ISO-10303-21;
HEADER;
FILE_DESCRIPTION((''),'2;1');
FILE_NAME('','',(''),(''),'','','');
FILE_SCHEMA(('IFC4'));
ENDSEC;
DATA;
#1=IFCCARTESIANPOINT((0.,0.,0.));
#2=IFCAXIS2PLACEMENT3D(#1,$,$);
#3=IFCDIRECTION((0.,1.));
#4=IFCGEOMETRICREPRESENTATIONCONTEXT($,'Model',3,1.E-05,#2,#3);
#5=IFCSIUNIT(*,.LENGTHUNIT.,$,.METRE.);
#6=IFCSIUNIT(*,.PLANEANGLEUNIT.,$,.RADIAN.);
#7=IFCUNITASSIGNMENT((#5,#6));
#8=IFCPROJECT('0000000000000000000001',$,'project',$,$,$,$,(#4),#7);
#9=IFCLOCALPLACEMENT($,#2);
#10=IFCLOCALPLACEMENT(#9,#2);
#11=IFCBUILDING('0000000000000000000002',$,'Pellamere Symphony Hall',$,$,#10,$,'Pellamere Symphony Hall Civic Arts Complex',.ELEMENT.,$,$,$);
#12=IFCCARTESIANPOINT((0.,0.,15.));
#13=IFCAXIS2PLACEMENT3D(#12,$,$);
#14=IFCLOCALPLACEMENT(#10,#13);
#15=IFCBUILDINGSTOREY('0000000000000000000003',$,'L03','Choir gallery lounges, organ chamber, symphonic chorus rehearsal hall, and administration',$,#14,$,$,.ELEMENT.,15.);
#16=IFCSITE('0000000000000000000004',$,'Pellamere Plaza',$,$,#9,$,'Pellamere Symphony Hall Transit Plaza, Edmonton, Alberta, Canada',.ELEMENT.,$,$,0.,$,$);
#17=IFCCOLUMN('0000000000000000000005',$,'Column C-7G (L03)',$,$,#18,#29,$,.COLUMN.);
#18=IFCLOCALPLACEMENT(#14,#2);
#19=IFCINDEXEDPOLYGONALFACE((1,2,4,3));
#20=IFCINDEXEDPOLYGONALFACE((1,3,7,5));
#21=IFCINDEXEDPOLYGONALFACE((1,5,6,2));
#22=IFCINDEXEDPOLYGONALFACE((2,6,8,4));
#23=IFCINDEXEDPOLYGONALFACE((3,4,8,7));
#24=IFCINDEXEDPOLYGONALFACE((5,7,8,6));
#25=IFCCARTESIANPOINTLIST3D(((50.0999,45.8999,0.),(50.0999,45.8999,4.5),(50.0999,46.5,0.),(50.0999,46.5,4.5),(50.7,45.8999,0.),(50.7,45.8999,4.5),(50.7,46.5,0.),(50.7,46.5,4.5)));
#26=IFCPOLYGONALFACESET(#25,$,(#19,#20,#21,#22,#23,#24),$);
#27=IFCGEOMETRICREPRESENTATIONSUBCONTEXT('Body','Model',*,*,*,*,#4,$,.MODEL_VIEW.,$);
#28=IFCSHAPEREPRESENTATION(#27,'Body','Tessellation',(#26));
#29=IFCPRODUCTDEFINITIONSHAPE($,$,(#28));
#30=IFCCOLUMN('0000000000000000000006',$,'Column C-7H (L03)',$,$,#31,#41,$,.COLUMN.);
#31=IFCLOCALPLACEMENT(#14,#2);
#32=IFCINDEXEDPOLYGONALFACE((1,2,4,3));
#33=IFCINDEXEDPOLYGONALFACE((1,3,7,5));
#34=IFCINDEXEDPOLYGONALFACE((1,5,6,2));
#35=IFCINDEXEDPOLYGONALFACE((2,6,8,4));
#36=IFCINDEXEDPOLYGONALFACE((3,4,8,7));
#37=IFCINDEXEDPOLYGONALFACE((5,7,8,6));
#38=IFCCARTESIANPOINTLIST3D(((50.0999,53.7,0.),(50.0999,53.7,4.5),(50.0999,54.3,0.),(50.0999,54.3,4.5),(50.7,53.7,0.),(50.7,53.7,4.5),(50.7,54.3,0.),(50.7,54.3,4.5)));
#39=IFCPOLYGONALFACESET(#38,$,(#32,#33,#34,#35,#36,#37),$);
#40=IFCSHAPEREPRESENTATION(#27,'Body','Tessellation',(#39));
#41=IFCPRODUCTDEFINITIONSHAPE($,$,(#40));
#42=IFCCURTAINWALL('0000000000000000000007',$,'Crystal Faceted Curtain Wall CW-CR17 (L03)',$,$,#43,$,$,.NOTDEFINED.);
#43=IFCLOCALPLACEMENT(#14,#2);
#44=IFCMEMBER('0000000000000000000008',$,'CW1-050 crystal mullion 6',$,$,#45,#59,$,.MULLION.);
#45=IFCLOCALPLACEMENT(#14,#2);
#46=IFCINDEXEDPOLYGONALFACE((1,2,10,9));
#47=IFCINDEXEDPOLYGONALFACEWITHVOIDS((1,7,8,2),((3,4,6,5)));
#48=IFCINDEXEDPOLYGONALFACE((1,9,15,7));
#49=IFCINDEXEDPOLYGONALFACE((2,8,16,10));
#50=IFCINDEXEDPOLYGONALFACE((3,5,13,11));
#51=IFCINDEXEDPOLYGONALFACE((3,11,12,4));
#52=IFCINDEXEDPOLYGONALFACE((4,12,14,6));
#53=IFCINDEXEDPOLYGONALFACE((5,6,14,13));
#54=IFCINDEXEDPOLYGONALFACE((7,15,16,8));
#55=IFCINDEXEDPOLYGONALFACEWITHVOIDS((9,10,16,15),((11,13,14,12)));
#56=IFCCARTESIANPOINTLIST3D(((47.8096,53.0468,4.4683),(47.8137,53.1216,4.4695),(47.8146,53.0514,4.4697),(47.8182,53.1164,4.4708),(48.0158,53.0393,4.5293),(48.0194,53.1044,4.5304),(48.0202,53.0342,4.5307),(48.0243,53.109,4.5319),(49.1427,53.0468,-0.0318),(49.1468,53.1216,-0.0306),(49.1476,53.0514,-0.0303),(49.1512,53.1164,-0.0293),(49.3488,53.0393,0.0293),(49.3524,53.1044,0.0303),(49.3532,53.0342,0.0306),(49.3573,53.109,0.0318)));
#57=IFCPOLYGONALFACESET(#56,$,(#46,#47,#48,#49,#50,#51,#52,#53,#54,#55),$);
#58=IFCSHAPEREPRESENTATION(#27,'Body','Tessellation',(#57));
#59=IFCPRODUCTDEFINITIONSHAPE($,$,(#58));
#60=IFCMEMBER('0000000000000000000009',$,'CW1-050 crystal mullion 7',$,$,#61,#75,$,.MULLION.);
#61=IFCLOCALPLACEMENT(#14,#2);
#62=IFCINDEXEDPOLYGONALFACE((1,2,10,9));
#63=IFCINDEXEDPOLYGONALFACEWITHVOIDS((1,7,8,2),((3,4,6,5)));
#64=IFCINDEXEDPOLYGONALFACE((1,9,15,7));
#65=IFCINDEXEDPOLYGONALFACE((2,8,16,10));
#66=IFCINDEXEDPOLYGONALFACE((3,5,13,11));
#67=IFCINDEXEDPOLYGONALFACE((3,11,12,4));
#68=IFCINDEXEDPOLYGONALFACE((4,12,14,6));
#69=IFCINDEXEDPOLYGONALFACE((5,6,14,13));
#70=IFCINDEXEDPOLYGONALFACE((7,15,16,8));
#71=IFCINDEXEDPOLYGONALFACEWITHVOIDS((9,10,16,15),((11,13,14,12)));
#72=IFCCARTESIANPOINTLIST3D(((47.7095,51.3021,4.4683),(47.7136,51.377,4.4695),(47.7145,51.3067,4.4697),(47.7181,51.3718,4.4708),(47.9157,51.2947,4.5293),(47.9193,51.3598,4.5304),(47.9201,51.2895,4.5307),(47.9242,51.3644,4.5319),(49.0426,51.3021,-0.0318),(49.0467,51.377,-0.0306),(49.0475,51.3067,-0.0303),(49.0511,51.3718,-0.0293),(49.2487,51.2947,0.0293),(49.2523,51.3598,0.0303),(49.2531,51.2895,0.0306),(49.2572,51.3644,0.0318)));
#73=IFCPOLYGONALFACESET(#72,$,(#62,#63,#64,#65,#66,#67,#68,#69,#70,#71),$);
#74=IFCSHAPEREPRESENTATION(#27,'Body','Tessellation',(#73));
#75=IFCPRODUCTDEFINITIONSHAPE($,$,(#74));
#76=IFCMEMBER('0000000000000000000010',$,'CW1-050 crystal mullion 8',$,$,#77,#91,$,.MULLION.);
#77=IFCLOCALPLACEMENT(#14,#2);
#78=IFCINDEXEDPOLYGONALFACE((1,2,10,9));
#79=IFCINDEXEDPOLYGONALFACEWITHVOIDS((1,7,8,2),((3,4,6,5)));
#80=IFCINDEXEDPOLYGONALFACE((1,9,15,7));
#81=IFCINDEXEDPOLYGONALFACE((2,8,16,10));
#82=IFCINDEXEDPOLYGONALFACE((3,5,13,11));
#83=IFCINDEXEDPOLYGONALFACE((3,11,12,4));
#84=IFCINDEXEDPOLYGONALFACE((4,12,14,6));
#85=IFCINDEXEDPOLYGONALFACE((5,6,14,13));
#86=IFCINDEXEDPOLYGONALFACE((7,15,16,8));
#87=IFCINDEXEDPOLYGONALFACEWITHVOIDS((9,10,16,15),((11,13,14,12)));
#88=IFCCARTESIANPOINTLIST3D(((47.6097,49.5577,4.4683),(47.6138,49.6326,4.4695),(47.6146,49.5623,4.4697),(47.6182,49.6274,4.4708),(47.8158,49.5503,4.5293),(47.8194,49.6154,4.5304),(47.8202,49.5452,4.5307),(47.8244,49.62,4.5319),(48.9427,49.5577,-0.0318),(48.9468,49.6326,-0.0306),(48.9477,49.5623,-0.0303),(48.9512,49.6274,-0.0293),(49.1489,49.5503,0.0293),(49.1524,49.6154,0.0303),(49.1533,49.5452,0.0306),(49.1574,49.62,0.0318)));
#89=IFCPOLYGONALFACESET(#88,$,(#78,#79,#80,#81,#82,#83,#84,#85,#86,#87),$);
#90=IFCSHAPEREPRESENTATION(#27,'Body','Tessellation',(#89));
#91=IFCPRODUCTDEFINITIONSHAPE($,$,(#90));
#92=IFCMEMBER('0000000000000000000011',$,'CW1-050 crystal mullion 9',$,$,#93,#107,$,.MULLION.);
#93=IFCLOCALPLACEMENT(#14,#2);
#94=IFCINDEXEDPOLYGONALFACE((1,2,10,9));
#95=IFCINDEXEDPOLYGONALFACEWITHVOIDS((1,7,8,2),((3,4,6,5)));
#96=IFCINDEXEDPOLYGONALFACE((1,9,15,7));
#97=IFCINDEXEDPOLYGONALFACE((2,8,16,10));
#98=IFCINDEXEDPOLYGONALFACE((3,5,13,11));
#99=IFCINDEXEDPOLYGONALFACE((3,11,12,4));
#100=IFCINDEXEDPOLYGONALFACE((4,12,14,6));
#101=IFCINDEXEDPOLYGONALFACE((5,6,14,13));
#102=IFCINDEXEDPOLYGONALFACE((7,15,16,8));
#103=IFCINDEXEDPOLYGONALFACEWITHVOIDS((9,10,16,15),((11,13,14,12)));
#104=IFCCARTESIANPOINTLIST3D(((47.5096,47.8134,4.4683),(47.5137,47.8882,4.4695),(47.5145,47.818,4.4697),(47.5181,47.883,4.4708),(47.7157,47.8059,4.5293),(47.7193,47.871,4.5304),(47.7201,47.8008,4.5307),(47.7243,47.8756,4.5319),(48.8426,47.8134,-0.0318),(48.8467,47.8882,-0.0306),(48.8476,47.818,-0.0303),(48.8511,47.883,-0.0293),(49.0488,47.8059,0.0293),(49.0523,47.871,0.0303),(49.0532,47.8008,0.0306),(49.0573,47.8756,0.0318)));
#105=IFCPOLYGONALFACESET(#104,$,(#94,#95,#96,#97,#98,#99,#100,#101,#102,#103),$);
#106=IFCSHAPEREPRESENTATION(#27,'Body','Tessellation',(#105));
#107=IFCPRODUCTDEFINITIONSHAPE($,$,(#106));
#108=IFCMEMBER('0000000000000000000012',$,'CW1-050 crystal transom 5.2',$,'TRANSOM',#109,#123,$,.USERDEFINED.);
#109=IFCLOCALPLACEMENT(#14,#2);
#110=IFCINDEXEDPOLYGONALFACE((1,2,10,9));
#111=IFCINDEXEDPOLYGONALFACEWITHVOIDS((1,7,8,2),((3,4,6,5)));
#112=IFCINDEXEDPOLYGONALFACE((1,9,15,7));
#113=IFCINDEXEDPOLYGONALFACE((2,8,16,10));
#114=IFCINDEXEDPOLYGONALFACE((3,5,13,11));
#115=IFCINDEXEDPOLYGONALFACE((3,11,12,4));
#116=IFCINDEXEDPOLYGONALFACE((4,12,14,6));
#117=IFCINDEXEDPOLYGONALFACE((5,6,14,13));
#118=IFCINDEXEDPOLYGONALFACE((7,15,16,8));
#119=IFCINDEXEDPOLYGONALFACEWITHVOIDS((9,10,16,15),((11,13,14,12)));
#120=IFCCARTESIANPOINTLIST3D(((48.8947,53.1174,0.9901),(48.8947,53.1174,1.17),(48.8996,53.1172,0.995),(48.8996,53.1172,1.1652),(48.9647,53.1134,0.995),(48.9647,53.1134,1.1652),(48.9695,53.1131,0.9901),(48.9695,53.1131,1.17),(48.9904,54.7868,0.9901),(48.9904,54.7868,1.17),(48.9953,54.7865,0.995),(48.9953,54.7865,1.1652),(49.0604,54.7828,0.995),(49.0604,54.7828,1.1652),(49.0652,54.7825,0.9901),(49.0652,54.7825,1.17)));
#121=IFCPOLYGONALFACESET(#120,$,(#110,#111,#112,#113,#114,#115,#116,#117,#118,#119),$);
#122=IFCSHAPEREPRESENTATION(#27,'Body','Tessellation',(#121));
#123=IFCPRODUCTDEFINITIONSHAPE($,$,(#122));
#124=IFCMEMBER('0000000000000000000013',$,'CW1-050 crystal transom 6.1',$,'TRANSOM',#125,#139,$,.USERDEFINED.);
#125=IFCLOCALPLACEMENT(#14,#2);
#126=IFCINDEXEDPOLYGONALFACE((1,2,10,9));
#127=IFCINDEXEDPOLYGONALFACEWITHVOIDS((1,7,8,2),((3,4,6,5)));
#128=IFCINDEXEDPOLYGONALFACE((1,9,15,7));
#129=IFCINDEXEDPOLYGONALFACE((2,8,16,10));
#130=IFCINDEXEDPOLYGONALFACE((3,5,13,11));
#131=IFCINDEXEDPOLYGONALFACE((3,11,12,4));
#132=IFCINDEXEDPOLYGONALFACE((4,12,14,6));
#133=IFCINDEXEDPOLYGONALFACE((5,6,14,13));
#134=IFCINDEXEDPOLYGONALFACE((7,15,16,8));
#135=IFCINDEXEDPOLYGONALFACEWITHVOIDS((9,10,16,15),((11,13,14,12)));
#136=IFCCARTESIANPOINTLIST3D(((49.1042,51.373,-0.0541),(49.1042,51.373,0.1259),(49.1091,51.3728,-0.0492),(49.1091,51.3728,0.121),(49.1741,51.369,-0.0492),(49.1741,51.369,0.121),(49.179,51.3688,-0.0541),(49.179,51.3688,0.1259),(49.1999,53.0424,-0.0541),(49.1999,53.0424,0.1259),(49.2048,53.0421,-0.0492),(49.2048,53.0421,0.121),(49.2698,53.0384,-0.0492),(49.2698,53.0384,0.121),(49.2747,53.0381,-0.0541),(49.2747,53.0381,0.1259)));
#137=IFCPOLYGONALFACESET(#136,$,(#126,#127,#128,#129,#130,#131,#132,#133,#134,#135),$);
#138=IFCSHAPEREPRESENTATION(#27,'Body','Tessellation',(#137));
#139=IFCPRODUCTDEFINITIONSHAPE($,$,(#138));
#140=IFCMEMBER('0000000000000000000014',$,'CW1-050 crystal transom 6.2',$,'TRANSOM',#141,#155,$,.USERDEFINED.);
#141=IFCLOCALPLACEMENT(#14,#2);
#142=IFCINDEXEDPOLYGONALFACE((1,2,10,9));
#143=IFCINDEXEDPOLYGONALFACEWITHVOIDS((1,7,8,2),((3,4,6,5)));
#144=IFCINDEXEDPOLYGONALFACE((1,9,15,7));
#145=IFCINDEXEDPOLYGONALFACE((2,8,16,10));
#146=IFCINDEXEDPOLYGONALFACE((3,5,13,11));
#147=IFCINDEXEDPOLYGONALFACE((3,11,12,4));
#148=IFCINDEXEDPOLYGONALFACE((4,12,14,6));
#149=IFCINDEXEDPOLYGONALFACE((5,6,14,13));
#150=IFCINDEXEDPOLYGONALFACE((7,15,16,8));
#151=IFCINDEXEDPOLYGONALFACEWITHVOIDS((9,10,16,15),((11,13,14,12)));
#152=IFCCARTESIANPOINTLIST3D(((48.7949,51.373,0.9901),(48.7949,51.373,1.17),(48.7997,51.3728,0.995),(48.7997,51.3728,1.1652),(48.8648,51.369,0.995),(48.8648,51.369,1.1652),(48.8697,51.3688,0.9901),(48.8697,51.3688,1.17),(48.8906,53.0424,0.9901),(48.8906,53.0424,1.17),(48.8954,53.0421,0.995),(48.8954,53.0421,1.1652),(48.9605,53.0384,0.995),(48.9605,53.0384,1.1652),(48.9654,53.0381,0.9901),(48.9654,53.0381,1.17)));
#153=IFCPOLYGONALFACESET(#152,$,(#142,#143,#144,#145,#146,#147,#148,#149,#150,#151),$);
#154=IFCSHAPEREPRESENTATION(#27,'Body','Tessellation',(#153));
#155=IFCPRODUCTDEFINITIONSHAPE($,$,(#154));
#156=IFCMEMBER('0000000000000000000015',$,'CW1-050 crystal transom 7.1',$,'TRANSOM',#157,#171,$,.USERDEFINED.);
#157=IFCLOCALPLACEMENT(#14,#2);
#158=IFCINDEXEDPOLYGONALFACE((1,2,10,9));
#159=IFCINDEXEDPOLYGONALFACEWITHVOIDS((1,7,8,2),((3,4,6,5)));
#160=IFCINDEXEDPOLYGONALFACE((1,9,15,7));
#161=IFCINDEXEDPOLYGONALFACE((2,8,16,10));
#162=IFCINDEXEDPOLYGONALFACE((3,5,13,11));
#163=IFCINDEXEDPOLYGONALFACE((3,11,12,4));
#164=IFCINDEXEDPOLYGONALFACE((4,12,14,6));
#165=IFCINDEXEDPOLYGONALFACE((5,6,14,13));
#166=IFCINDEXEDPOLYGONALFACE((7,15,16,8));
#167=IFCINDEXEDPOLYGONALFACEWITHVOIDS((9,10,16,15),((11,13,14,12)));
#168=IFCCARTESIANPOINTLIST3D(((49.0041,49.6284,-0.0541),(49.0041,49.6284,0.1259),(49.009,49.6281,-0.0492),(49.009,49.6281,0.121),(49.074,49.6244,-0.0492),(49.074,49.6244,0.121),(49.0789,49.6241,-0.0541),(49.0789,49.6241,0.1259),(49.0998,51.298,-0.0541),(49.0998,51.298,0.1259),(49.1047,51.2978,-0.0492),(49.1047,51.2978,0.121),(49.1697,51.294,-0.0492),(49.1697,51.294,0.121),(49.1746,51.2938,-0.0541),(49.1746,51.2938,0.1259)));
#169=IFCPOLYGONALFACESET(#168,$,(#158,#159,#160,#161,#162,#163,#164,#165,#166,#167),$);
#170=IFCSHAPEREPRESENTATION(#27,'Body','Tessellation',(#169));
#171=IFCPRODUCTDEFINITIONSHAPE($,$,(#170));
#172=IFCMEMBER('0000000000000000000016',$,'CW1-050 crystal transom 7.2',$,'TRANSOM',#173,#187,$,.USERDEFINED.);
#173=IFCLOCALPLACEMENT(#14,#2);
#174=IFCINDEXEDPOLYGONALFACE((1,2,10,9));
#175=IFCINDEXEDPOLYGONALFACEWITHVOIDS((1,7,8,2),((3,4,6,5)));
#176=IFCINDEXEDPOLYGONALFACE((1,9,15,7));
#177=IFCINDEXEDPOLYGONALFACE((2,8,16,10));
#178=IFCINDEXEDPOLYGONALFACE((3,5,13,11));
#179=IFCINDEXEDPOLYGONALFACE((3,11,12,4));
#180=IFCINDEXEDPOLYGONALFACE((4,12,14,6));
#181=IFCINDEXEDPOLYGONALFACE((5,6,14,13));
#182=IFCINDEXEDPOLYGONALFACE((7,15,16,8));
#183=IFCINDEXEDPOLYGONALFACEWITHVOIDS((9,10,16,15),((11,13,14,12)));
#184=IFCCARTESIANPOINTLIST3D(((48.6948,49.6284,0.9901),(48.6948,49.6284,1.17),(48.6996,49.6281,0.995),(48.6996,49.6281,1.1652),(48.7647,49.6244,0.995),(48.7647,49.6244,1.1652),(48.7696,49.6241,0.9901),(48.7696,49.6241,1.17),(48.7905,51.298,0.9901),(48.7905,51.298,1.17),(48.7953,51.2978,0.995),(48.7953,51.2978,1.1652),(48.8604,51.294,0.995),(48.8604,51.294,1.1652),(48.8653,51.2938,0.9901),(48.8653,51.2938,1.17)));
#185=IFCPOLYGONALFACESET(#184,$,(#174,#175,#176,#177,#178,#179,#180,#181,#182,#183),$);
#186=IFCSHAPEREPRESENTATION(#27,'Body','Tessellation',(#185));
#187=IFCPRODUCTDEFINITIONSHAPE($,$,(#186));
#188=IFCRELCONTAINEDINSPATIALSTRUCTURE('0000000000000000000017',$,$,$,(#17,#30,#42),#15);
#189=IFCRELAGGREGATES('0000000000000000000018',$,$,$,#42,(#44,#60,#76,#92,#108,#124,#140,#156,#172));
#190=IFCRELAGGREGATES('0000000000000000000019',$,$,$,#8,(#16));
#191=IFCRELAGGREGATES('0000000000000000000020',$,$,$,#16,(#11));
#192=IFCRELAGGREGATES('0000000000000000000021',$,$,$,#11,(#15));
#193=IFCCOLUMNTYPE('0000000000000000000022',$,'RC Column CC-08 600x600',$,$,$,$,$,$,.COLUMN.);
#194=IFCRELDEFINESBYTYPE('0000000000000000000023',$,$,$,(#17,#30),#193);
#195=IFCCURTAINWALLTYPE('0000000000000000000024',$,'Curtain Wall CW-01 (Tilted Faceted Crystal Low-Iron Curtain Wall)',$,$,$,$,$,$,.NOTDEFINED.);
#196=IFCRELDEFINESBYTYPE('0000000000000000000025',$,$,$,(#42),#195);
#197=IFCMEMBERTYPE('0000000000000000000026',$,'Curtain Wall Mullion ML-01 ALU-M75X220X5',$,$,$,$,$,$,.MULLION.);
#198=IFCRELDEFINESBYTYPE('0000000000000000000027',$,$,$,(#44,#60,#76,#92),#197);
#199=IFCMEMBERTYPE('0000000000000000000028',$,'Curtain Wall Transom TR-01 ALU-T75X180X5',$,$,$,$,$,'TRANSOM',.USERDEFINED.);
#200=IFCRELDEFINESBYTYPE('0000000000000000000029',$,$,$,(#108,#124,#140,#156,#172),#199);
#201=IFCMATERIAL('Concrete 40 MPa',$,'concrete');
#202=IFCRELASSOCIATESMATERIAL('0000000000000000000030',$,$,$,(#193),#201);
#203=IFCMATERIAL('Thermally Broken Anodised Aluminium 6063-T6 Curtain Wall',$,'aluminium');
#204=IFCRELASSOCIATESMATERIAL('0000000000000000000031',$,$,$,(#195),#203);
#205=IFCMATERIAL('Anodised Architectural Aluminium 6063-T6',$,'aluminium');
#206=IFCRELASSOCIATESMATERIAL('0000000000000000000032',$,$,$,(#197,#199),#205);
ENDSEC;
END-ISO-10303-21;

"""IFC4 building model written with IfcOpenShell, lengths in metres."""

from ifc_helpers import new_model, si_unit, direction, frame, origin, origin_2d, place, context, subcontext, project, spatial, rectangle, hollow_rectangle, extrude, material, material_profile, profile_set, type_object, element, aggregate, save


model = new_model("IFC4")

# Units and contexts
model_context = context("Model", 3, precision=1e-05, world=origin(), true_north=direction((0.0, 1.0)))
body_context = subcontext(model_context, "Body", "Model", "MODEL_VIEW")
ifc_project = project(units=[si_unit("LENGTHUNIT", "METRE"), si_unit("PLANEANGLEUNIT", "RADIAN")], contexts=[model_context])

# Site, building, storey
site_placement = place(None, origin())
site = spatial("IfcSite", under=ifc_project, at=site_placement, Name="Pellamere Plaza", LongName="Pellamere Symphony Hall Transit Plaza, Edmonton, Alberta, Canada", CompositionType="ELEMENT", RefElevation=0.0)
building_placement = place(site_placement, origin())
building = spatial("IfcBuilding", under=site, at=building_placement, Name="Pellamere Symphony Hall", LongName="Pellamere Symphony Hall Civic Arts Complex", CompositionType="ELEMENT")
storey_placement = place(building_placement, frame((0.0, 0.0, 15.0)))
storey = spatial("IfcBuildingStorey", under=building, at=storey_placement, Name="L03", Description="Choir gallery lounges, organ chamber, symphonic chorus rehearsal hall, and administration", CompositionType="ELEMENT", Elevation=15.0)

# Columns
ifc_material_1 = material(Name="Concrete 40 MPa", Category="concrete")
ifc_material_profile_1 = material_profile(ifc_material_1, rectangle(XDim=0.6001, YDim=0.6001, at=origin_2d()), Name="RC 600x600")
ifc_profile_set_1 = profile_set([ifc_material_profile_1], Name="Concrete 40 MPa")
column_type = type_object("IfcColumnType", Name="RC Column CC-08 600x600", PredefinedType="COLUMN", material=ifc_profile_set_1)
for number, where, z_axis, x_axis, name in (
    (1, (50.3999, 46.2, 0.0), (0.0, 0.0, 1.0), (1.0, 0.0, 0.0), "Column C-7G (L03)"),
    (2, (50.3999, 54.0, 0.0), (0.0, 0.0, 1.0), (1.0, 0.0, 0.0), "Column C-7H (L03)"),
):
    element("IfcColumn", number, at=place(storey_placement, frame(where, z_axis=z_axis, x_axis=x_axis)), inside=storey, type_object=column_type, Name=name, PredefinedType="COLUMN", context=body_context, shape_type="SweptSolid", body=[
        extrude(rectangle(XDim=0.6001, YDim=0.6001, at=origin_2d()), origin(), (0.0, 0.0, 1.0), 4.5),
    ])

# Curtain wall, members
ifc_material_2 = material(Name="Thermally Broken Anodised Aluminium 6063-T6 Curtain Wall", Category="aluminium")
curtain_wall_type = type_object("IfcCurtainWallType", Name="Curtain Wall CW-01 (Tilted Faceted Crystal Low-Iron Curtain Wall)", PredefinedType="NOTDEFINED", material=ifc_material_2)
curtain_wall_placement = place(storey_placement, origin())
curtain_wall = element("IfcCurtainWall", 3, at=curtain_wall_placement, inside=storey, type_object=curtain_wall_type, Name="Crystal Faceted Curtain Wall CW-CR17 (L03)", PredefinedType="NOTDEFINED")
ifc_material_3 = material(Name="Anodised Architectural Aluminium 6063-T6", Category="aluminium")
ifc_material_profile_2 = material_profile(ifc_material_3, hollow_rectangle(XDim=0.075, YDim=0.22, WallThickness=0.0049, at=origin_2d()), Name="ALU-M75X220X5")
ifc_profile_set_2 = profile_set([ifc_material_profile_2], Name="Anodised Architectural Aluminium 6063-T6")
member_type_1 = type_object("IfcMemberType", Name="Curtain Wall Mullion ML-01 ALU-M75X220X5", PredefinedType="MULLION", material=ifc_profile_set_2)
member_1_placement = place(storey_placement, frame((49.25, 53.0779, 0.0), z_axis=(-0.284025, 0.0, 0.958817), x_axis=(-0.054874, -0.998361, -0.016255)))
member_1 = element("IfcMember", 4, at=member_1_placement, type_object=member_type_1, Name="CW1-050 crystal mullion 6", PredefinedType="MULLION", context=body_context, shape_type="SweptSolid", body=[
    extrude(hollow_rectangle(XDim=0.075, YDim=0.22, WallThickness=0.0049, at=origin_2d()), origin(), (0.0, 0.0, 1.0), 4.6934),
])
member_2_placement = place(storey_placement, frame((49.1499, 51.3333, 0.0), z_axis=(-0.284025, 0.0, 0.958817), x_axis=(-0.054874, -0.998361, -0.016255)))
member_2 = element("IfcMember", 5, at=member_2_placement, type_object=member_type_1, Name="CW1-050 crystal mullion 7", PredefinedType="MULLION", context=body_context, shape_type="SweptSolid", body=[
    extrude(hollow_rectangle(XDim=0.075, YDim=0.22, WallThickness=0.0049, at=origin_2d()), origin(), (0.0, 0.0, 1.0), 4.6934),
])
member_3_placement = place(storey_placement, frame((49.05, 49.5889, 0.0), z_axis=(-0.284025, 0.0, 0.958817), x_axis=(-0.054874, -0.998361, -0.016255)))
member_3 = element("IfcMember", 6, at=member_3_placement, type_object=member_type_1, Name="CW1-050 crystal mullion 8", PredefinedType="MULLION", context=body_context, shape_type="SweptSolid", body=[
    extrude(hollow_rectangle(XDim=0.075, YDim=0.22, WallThickness=0.0049, at=origin_2d()), origin(), (0.0, 0.0, 1.0), 4.6934),
])
member_4_placement = place(storey_placement, frame((48.95, 47.8445, 0.0), z_axis=(-0.284025, 0.0, 0.958817), x_axis=(-0.054874, -0.998361, -0.016255)))
member_4 = element("IfcMember", 7, at=member_4_placement, type_object=member_type_1, Name="CW1-050 crystal mullion 9", PredefinedType="MULLION", context=body_context, shape_type="SweptSolid", body=[
    extrude(hollow_rectangle(XDim=0.075, YDim=0.22, WallThickness=0.0049, at=origin_2d()), origin(), (0.0, 0.0, 1.0), 4.6934),
])
ifc_material_profile_3 = material_profile(ifc_material_3, hollow_rectangle(XDim=0.075, YDim=0.1799, WallThickness=0.0049, at=origin_2d()), Name="ALU-T75X180X5")
ifc_profile_set_3 = profile_set([ifc_material_profile_3], Name="Anodised Architectural Aluminium 6063-T6")
member_type_2 = type_object("IfcMemberType", Name="Curtain Wall Transom TR-01 ALU-T75X180X5", ElementType="TRANSOM", PredefinedType="USERDEFINED", material=ifc_profile_set_3)
member_5_placement = place(storey_placement, frame((49.0278, 54.7847, 1.0801), z_axis=(-0.057233, -0.998361, 0.0), x_axis=(0.998361, -0.057233, 0.0)))
member_5 = element("IfcMember", 8, at=member_5_placement, type_object=member_type_2, Name="CW1-050 crystal transom 5.2", ObjectType="TRANSOM", PredefinedType="USERDEFINED", context=body_context, shape_type="SweptSolid", body=[
    extrude(hollow_rectangle(XDim=0.075, YDim=0.1799, WallThickness=0.0049, at=origin_2d()), origin(), (0.0, 0.0, 1.0), 1.6721),
])
member_6_placement = place(storey_placement, frame((49.2373, 53.0403, 0.0359), z_axis=(-0.057233, -0.998361, 0.0), x_axis=(0.998361, -0.057233, 0.0)))
member_6 = element("IfcMember", 9, at=member_6_placement, type_object=member_type_2, Name="CW1-050 crystal transom 6.1", ObjectType="TRANSOM", PredefinedType="USERDEFINED", context=body_context, shape_type="SweptSolid", body=[
    extrude(hollow_rectangle(XDim=0.075, YDim=0.1799, WallThickness=0.0049, at=origin_2d()), origin(), (0.0, 0.0, 1.0), 1.6721),
])
member_7_placement = place(storey_placement, frame((48.928, 53.0403, 1.0801), z_axis=(-0.057233, -0.998361, 0.0), x_axis=(0.998361, -0.057233, 0.0)))
member_7 = element("IfcMember", 10, at=member_7_placement, type_object=member_type_2, Name="CW1-050 crystal transom 6.2", ObjectType="TRANSOM", PredefinedType="USERDEFINED", context=body_context, shape_type="SweptSolid", body=[
    extrude(hollow_rectangle(XDim=0.075, YDim=0.1799, WallThickness=0.0049, at=origin_2d()), origin(), (0.0, 0.0, 1.0), 1.6721),
])
member_8_placement = place(storey_placement, frame((49.1372, 51.2959, 0.0359), z_axis=(-0.057224, -0.998361, 0.0), x_axis=(0.998361, -0.057224, 0.0)))
member_8 = element("IfcMember", 11, at=member_8_placement, type_object=member_type_2, Name="CW1-050 crystal transom 7.1", ObjectType="TRANSOM", PredefinedType="USERDEFINED", context=body_context, shape_type="SweptSolid", body=[
    extrude(hollow_rectangle(XDim=0.075, YDim=0.1799, WallThickness=0.0049, at=origin_2d()), origin(), (0.0, 0.0, 1.0), 1.6724),
])
member_9_placement = place(storey_placement, frame((48.8279, 51.2959, 1.0801), z_axis=(-0.057224, -0.998361, 0.0), x_axis=(0.998361, -0.057224, 0.0)))
member_9 = element("IfcMember", 12, at=member_9_placement, type_object=member_type_2, Name="CW1-050 crystal transom 7.2", ObjectType="TRANSOM", PredefinedType="USERDEFINED", context=body_context, shape_type="SweptSolid", body=[
    extrude(hollow_rectangle(XDim=0.075, YDim=0.1799, WallThickness=0.0049, at=origin_2d()), origin(), (0.0, 0.0, 1.0), 1.6724),
])

aggregate(curtain_wall, [member_1, member_2, member_3, member_4, member_5, member_6, member_7, member_8, member_9])

save(model, "model.ifc")
